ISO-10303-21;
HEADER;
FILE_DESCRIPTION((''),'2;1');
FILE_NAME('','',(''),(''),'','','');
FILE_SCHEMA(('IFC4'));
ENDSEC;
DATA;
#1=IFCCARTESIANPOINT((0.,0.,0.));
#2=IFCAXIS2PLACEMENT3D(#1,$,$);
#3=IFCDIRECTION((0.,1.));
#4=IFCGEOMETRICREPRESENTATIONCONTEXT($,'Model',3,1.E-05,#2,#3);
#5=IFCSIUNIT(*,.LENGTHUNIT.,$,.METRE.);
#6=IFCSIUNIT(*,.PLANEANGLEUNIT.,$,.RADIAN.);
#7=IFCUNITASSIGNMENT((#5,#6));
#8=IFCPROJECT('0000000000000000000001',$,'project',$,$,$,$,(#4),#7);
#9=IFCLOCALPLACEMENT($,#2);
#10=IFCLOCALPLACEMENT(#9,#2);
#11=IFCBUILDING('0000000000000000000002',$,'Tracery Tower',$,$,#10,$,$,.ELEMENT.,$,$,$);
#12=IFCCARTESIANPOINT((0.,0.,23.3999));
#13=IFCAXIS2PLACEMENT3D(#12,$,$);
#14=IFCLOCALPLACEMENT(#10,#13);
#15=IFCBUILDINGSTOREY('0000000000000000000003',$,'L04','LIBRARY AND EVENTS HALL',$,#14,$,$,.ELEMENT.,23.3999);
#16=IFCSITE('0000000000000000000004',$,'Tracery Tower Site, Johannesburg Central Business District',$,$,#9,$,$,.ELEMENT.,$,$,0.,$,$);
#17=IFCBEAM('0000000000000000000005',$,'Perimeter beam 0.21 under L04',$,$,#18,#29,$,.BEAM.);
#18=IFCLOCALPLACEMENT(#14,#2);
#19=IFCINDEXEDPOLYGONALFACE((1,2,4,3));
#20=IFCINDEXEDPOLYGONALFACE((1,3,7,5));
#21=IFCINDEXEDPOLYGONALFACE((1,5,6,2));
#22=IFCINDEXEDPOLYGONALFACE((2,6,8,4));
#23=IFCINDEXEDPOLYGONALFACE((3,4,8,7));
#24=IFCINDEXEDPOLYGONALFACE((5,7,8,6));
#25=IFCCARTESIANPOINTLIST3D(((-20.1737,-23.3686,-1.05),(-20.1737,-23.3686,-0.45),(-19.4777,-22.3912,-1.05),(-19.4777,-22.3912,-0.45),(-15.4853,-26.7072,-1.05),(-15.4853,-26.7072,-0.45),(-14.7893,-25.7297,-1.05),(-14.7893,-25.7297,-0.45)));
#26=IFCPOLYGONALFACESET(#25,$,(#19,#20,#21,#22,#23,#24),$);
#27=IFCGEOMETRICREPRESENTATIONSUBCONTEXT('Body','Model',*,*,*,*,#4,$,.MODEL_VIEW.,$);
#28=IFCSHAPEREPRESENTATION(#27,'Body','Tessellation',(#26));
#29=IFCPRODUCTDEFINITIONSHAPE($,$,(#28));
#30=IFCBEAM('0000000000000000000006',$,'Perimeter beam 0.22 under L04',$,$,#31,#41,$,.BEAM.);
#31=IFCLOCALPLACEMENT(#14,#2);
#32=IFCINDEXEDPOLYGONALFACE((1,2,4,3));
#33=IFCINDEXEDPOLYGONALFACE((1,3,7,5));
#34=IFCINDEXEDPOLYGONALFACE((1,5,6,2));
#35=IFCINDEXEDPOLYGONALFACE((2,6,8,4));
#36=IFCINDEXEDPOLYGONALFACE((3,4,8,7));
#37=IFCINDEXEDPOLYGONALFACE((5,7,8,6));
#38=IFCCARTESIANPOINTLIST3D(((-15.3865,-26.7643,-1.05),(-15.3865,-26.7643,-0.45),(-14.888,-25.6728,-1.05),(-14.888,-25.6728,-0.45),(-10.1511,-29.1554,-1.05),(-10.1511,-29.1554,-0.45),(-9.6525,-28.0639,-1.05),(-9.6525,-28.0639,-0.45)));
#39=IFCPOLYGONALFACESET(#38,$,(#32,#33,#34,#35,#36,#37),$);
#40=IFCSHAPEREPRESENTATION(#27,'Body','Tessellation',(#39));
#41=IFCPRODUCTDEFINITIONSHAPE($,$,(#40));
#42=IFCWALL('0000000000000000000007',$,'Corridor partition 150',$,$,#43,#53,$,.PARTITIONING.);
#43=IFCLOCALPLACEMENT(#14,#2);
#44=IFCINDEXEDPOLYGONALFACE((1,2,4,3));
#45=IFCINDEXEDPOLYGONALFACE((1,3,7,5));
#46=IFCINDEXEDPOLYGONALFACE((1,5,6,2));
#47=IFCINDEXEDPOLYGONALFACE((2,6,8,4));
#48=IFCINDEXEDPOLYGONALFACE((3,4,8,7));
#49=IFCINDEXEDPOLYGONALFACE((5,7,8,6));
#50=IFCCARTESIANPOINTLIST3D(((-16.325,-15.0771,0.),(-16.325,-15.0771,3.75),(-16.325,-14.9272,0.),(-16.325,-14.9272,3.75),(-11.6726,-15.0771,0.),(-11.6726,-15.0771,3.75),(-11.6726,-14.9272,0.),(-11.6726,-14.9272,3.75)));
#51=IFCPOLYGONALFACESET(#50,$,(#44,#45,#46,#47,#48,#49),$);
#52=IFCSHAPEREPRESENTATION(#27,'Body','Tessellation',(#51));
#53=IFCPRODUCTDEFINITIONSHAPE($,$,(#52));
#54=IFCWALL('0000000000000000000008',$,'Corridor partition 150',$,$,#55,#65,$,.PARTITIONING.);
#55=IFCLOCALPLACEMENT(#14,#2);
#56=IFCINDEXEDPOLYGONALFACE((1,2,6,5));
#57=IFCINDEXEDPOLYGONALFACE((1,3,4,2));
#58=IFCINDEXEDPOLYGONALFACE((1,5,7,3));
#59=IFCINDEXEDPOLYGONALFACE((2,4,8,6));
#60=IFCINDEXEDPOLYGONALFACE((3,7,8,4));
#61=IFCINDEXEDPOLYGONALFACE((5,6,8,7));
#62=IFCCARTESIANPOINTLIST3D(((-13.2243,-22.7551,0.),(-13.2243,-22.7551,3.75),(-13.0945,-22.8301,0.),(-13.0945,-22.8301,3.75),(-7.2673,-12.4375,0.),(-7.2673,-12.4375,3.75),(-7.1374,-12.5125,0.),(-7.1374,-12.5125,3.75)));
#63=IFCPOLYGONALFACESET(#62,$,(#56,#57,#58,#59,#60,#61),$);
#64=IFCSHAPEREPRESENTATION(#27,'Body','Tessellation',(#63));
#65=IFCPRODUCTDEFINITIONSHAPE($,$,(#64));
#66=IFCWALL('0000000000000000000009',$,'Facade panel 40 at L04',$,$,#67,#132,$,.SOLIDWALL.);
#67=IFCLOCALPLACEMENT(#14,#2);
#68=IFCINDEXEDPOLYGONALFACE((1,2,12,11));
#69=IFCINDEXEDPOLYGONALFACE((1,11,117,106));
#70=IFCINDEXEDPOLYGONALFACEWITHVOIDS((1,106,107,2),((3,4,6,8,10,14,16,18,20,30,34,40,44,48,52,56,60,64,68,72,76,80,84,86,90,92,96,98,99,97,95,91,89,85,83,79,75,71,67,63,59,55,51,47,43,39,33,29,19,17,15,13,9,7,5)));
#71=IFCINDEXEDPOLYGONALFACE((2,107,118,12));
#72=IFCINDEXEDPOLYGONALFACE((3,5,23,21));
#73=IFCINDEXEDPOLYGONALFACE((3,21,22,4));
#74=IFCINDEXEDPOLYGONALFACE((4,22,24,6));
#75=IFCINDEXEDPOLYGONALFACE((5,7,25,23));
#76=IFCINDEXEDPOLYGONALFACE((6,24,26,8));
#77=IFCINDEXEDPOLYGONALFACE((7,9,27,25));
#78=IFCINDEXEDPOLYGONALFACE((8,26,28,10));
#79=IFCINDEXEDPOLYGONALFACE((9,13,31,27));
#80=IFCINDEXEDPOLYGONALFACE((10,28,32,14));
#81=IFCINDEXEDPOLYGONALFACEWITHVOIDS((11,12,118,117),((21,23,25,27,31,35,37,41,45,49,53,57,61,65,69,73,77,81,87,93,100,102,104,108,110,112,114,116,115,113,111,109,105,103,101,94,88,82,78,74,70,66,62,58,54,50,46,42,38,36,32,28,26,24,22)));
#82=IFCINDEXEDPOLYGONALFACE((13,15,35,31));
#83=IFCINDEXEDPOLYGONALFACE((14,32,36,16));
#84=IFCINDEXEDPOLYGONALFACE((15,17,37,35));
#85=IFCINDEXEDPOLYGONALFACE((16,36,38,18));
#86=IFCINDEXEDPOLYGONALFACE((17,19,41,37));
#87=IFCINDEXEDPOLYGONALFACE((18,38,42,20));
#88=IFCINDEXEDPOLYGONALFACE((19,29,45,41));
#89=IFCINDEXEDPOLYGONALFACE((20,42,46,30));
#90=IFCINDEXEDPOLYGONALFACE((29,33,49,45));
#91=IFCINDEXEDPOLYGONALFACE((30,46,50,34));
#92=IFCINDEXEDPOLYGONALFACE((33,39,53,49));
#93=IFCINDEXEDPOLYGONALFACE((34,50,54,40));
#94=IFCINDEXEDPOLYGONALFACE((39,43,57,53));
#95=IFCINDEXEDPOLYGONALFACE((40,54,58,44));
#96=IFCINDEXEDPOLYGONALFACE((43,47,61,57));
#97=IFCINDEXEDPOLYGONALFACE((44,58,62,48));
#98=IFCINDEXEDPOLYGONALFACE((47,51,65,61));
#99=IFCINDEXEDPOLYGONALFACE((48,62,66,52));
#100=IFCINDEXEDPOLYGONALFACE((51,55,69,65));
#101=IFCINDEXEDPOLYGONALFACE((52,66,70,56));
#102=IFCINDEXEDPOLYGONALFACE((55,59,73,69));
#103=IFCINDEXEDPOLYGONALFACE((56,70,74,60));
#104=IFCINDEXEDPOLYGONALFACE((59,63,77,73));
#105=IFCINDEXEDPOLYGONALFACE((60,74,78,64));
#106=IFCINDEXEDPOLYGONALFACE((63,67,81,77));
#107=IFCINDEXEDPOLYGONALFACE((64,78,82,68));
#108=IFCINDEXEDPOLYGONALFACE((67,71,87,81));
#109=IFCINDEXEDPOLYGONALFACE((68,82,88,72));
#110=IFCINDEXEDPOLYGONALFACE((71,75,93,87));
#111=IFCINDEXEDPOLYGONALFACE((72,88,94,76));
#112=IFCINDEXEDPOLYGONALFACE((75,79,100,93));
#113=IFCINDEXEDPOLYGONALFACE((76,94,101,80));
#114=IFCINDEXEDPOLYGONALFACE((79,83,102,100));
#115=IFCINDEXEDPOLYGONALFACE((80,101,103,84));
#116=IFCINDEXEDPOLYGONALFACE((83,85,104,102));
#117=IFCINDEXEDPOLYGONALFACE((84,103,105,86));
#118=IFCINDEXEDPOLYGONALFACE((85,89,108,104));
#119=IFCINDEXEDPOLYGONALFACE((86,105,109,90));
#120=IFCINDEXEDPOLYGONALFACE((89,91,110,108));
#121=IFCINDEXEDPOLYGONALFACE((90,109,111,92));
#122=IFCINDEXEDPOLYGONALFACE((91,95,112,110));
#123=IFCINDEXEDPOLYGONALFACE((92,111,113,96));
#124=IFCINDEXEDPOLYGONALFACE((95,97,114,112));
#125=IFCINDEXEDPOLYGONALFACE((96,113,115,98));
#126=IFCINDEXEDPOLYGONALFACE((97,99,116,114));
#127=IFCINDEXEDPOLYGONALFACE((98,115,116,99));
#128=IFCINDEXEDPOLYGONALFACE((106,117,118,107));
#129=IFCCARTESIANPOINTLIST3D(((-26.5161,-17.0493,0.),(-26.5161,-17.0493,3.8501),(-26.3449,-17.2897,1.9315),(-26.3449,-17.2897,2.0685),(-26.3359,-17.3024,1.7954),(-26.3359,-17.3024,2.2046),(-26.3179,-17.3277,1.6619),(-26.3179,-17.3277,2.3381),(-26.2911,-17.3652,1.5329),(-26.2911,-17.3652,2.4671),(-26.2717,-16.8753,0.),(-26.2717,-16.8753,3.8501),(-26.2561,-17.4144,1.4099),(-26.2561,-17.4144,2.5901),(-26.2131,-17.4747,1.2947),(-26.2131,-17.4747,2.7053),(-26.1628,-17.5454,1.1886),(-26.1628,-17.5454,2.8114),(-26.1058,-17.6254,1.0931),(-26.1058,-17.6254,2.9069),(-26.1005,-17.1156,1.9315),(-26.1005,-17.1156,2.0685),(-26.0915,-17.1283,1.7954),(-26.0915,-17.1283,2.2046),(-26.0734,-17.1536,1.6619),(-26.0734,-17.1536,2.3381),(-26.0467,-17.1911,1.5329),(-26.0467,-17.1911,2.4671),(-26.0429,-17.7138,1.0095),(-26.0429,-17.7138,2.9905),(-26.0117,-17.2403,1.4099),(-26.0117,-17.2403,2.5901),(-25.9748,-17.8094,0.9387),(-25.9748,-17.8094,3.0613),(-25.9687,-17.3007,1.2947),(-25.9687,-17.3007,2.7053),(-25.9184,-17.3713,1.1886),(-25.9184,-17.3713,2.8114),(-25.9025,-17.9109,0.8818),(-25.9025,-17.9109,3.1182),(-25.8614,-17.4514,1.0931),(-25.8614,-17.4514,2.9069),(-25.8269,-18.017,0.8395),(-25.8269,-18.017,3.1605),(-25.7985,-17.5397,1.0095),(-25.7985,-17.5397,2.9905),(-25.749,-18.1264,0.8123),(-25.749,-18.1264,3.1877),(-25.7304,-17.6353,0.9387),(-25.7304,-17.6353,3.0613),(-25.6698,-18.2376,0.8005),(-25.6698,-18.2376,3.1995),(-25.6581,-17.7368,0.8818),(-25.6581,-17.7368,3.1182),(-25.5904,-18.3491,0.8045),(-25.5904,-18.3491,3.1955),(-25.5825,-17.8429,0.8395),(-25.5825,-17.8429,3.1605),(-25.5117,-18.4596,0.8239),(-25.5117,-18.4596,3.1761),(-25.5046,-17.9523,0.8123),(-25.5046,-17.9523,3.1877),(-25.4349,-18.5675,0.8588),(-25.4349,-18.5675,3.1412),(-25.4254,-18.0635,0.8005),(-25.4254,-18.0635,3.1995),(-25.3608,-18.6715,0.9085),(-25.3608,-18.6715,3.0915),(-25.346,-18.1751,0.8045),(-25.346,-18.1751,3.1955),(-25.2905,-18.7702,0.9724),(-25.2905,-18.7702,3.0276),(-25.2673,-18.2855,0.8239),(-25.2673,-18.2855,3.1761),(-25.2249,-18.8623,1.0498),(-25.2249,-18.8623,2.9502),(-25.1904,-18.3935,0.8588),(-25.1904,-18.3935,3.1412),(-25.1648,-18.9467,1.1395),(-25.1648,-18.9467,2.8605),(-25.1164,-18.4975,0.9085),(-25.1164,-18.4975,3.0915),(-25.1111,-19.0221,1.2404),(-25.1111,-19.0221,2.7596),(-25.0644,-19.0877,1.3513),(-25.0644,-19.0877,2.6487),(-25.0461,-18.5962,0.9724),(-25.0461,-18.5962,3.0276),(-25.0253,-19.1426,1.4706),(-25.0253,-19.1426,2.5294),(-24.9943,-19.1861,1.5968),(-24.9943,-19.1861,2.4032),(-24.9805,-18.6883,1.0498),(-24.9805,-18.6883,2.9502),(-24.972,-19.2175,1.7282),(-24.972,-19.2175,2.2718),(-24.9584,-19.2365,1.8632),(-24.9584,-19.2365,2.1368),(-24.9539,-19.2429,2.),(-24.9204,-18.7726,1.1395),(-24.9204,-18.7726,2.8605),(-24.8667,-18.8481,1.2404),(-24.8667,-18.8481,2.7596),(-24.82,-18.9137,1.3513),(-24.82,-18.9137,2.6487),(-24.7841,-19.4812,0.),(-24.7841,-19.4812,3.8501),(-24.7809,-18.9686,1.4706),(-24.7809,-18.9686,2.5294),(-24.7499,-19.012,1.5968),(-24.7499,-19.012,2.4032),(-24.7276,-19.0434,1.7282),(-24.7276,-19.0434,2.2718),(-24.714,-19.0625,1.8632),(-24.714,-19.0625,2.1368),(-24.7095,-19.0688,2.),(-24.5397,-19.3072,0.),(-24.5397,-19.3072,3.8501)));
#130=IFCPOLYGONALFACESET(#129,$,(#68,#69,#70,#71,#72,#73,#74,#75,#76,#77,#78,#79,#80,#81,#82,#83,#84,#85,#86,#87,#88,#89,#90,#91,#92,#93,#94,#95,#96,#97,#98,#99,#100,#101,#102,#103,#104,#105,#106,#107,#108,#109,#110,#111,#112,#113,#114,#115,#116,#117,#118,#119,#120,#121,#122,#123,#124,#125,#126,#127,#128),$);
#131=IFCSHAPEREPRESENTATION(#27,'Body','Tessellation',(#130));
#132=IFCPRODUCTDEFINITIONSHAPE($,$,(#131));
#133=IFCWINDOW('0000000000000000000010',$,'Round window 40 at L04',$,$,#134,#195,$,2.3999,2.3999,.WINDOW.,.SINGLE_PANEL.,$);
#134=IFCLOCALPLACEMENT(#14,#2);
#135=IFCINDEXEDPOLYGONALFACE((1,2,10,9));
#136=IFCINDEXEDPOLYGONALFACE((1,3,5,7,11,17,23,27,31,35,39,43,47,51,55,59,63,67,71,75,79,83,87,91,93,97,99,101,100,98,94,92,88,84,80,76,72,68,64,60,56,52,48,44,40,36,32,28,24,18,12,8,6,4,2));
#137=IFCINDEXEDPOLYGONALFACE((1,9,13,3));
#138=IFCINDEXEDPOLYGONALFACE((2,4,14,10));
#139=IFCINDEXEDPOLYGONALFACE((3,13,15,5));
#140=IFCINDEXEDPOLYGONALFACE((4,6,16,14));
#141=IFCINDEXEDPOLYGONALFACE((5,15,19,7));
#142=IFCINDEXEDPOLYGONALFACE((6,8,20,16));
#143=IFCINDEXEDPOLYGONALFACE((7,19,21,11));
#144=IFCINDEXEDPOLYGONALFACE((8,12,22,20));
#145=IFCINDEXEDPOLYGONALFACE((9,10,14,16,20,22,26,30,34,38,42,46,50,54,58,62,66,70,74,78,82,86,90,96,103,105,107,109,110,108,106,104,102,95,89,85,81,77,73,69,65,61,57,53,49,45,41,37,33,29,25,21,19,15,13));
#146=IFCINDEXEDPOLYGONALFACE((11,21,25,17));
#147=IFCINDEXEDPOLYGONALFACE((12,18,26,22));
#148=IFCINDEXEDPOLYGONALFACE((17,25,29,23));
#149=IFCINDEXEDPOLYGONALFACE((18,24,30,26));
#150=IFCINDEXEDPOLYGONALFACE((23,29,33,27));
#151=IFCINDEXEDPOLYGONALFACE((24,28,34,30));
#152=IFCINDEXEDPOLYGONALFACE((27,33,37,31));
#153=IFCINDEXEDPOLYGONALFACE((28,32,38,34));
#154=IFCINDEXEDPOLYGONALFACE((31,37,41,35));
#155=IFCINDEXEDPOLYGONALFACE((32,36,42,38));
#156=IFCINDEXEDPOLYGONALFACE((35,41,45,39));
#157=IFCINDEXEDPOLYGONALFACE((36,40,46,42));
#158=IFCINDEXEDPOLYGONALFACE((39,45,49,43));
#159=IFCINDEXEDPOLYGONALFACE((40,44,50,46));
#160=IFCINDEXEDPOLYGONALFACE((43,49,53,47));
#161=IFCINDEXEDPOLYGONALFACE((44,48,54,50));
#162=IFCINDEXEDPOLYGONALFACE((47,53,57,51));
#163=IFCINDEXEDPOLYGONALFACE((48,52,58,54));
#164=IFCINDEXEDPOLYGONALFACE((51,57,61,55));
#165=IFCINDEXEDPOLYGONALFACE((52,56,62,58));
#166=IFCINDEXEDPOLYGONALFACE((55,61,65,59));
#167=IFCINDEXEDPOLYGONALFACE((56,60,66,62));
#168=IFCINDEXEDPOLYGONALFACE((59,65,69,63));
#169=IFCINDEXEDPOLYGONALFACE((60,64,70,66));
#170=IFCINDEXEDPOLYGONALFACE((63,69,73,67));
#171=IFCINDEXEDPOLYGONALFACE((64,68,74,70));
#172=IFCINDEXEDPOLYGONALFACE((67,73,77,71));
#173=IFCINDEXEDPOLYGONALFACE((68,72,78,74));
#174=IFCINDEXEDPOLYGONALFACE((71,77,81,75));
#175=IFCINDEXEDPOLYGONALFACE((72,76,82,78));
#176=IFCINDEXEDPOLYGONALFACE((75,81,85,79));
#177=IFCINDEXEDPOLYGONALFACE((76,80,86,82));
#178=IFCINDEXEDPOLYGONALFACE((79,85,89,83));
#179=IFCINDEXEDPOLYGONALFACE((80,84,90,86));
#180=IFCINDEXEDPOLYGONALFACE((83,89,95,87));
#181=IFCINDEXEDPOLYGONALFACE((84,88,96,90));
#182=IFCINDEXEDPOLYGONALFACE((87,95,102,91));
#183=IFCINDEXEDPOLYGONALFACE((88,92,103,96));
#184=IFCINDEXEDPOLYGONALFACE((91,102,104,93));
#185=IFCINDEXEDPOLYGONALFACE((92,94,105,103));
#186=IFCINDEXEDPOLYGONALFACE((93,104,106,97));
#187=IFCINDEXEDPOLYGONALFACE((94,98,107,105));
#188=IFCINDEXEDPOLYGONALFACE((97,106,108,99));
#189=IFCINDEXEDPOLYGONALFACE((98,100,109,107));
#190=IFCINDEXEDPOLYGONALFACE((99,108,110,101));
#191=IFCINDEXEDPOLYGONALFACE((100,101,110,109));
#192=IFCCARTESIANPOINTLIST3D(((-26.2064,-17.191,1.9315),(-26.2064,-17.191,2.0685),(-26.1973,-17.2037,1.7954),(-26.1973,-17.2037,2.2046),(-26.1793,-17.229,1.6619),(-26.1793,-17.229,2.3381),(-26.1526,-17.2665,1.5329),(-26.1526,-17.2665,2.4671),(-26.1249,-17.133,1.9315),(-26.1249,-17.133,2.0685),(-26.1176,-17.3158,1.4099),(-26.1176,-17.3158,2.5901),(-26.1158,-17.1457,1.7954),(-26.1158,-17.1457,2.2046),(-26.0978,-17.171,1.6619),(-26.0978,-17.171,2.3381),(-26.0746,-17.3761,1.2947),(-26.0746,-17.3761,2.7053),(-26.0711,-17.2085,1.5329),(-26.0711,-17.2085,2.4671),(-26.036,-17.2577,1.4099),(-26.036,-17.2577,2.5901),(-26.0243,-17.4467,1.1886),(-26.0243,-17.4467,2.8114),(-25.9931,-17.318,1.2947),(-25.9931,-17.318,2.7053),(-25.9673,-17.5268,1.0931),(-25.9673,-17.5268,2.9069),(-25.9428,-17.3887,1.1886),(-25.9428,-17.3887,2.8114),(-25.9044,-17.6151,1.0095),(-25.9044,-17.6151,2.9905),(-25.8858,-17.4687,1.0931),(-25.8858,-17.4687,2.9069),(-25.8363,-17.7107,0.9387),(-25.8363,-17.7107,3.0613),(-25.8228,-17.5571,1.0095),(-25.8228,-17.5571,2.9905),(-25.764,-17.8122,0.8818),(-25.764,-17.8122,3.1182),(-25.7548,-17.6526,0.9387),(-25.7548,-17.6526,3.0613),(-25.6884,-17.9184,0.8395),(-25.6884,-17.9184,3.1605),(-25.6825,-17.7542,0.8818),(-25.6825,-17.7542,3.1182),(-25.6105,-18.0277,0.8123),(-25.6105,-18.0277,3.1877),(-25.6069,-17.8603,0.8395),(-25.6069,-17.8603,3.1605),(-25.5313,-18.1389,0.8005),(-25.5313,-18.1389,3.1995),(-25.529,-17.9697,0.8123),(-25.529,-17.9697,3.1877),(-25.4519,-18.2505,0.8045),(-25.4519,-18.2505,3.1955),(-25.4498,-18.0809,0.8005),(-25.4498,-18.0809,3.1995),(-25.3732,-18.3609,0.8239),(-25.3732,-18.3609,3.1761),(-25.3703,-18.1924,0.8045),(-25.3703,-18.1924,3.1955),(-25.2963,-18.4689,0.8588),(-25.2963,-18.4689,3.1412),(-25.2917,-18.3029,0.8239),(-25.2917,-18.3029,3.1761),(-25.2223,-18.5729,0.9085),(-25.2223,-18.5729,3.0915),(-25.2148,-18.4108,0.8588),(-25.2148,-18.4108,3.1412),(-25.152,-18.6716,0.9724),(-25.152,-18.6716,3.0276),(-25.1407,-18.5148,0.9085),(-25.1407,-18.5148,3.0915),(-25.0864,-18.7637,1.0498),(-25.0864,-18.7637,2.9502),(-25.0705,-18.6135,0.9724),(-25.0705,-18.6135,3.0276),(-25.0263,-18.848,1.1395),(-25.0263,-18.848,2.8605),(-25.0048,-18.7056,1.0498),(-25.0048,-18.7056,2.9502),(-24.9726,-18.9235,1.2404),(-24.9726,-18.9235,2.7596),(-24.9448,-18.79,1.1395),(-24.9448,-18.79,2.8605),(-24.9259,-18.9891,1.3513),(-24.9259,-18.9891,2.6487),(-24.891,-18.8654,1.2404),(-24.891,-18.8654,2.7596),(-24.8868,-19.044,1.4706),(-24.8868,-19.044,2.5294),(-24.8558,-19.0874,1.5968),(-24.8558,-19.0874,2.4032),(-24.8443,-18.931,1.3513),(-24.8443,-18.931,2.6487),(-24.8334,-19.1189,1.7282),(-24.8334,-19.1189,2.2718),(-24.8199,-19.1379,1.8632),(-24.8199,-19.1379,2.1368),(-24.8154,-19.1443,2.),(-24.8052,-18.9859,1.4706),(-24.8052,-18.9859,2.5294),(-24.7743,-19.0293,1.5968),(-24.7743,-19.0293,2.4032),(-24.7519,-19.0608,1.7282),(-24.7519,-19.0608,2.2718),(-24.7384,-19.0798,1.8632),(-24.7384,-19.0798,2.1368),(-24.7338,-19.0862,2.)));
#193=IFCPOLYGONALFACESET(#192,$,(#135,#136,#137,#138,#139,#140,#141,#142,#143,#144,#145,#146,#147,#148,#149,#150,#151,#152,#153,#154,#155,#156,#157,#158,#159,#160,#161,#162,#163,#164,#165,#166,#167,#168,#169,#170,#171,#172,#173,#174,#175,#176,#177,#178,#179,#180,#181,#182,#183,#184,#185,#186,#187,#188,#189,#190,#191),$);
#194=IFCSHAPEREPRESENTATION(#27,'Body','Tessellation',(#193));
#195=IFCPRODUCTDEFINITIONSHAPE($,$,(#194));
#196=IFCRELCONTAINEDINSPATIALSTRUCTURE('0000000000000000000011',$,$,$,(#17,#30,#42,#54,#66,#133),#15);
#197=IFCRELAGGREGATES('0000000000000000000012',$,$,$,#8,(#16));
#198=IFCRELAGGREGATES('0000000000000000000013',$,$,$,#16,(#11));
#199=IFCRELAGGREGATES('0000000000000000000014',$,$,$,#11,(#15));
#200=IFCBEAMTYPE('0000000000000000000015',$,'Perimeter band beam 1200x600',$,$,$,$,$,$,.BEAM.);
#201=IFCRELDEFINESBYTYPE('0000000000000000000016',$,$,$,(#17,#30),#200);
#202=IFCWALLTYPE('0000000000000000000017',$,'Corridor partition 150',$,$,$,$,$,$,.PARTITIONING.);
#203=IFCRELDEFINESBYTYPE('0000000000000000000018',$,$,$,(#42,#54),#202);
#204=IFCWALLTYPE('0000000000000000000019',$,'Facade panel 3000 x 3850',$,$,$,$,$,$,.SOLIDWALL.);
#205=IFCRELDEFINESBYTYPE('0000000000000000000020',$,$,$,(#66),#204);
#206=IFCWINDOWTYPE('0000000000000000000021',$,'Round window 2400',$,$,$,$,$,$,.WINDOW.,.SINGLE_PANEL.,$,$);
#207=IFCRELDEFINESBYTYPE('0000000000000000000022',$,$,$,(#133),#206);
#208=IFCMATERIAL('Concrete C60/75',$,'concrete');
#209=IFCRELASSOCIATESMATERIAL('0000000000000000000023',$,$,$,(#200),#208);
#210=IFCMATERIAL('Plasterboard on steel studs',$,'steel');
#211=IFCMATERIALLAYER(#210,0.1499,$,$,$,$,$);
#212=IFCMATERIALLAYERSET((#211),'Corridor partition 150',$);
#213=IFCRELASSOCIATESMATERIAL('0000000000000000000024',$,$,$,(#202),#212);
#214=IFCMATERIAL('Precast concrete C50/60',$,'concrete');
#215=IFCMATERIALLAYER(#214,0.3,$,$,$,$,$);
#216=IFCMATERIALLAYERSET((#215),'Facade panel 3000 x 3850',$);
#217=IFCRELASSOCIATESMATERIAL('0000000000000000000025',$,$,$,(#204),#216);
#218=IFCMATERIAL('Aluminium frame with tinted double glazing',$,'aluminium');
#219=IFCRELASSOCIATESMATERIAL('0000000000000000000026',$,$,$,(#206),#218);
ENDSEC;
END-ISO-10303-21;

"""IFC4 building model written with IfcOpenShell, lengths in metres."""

from ifc_helpers import new_model, si_unit, direction, frame, frame_2d, origin, origin_2d, place, context, subcontext, project, spatial, rectangle, circle, extrude, material, layer, layer_set, material_profile, profile_set, type_object, element, fill, save


model = new_model("IFC4")

# Units and contexts
model_context = context("Model", 3, precision=1e-05, world=origin(), true_north=direction((0.0, 1.0)))
body_context = subcontext(model_context, "Body", "Model", "MODEL_VIEW")
ifc_project = project(units=[si_unit("LENGTHUNIT", "METRE"), si_unit("PLANEANGLEUNIT", "RADIAN")], contexts=[model_context])

# Site, building, storey
site_placement = place(None, origin())
site = spatial("IfcSite", under=ifc_project, at=site_placement, Name="Tracery Tower Site, Johannesburg Central Business District", CompositionType="ELEMENT", RefElevation=0.0)
building_placement = place(site_placement, origin())
building = spatial("IfcBuilding", under=site, at=building_placement, Name="Tracery Tower", CompositionType="ELEMENT")
storey_placement = place(building_placement, frame((0.0, 0.0, 23.3999)))
storey = spatial("IfcBuildingStorey", under=building, at=storey_placement, Name="L04", Description="LIBRARY AND EVENTS HALL", CompositionType="ELEMENT", Elevation=23.3999)

# Beams
ifc_material_1 = material(Name="Concrete C60/75", Category="concrete")
ifc_material_profile_1 = material_profile(ifc_material_1, rectangle(XDim=1.2, YDim=0.6001, at=origin_2d()), Name="RC 1200x600")
ifc_profile_set_1 = profile_set([ifc_material_profile_1], Name="Concrete C60/75")
beam_type = type_object("IfcBeamType", Name="Perimeter band beam 1200x600", PredefinedType="BEAM", material=ifc_profile_set_1)
for number, where, z_axis, x_axis, name in (
    (1, (-19.8257, -22.8799, -0.75), (0.814578, -0.580054, 0.0), (0.580054, 0.814578, 0.0), "Perimeter beam 0.21 under L04"),
    (2, (-15.1372, -26.2185, -0.75), (0.909618, -0.415445, 0.0), (0.415445, 0.909618, 0.0), "Perimeter beam 0.22 under L04"),
):
    element("IfcBeam", number, at=place(storey_placement, frame(where, z_axis=z_axis, x_axis=x_axis)), inside=storey, type_object=beam_type, Name=name, PredefinedType="BEAM", context=body_context, shape_type="SweptSolid", body=[
        extrude(rectangle(XDim=1.2, YDim=0.6001, at=origin_2d()), origin(), (0.0, 0.0, 1.0), 5.7556),
    ])

# Wall
ifc_material_2 = material(Name="Plasterboard on steel studs", Category="steel")
ifc_layer_1 = layer(ifc_material_2, 0.1499)
ifc_layer_set_1 = layer_set([ifc_layer_1], Name="Corridor partition 150")
wall_type_1 = type_object("IfcWallType", Name="Corridor partition 150", PredefinedType="PARTITIONING", material=ifc_layer_set_1)
wall_1_placement = place(storey_placement, frame((-16.325, -15.0022, 0.0), z_axis=(0.0, 0.0, 1.0), x_axis=(1.0, 0.0, 0.0)))
element("IfcWall", 3, at=wall_1_placement, inside=storey, type_object=wall_type_1, Name="Corridor partition 150", PredefinedType="PARTITIONING", context=body_context, shape_type="SweptSolid", body=[
    extrude(rectangle(XDim=4.6523, YDim=0.1499, at=frame_2d((2.3262, 0.0))), origin(), (0.0, 0.0, 1.0), 3.75),
])

# Wall
wall_2_placement = place(storey_placement, frame((-13.1594, -22.7927, 0.0), z_axis=(0.0, 0.0, 1.0), x_axis=(0.500009, 0.86602, 0.0)))
element("IfcWall", 4, at=wall_2_placement, inside=storey, type_object=wall_type_1, Name="Corridor partition 150", PredefinedType="PARTITIONING", context=body_context, shape_type="SweptSolid", body=[
    extrude(rectangle(XDim=11.9138, YDim=0.1499, at=frame_2d((5.957, 0.0))), origin(), (0.0, 0.0, 1.0), 3.75),
])

# Wall, opening, window
ifc_material_3 = material(Name="Precast concrete C50/60", Category="concrete")
ifc_layer_2 = layer(ifc_material_3, 0.3)
ifc_layer_set_2 = layer_set([ifc_layer_2], Name="Facade panel 3000 x 3850")
wall_type_2 = type_object("IfcWallType", Name="Facade panel 3000 x 3850", PredefinedType="SOLIDWALL", material=ifc_layer_set_2)
wall_3_placement = place(storey_placement, frame((-26.3938, -16.9624, 0.0), z_axis=(0.0, 0.0, 1.0), x_axis=(0.580101, -0.814545, 0.0)))
wall_3 = element("IfcWall", 5, at=wall_3_placement, inside=storey, type_object=wall_type_2, Name="Facade panel 40 at L04", PredefinedType="SOLIDWALL", context=body_context, shape_type="SweptSolid", body=[
    extrude(rectangle(XDim=2.9856, YDim=0.3, at=frame_2d((1.4927, 0.0))), origin(), (0.0, 0.0, 1.0), 3.8501),
])
opening_1_placement = place(wall_3_placement, frame((1.4929, 0.0, 2.0)))
opening_1 = element("IfcOpeningElement", 6, at=opening_1_placement, cuts=wall_3, PredefinedType="OPENING", context=body_context, shape_type="SweptSolid", body=[
    extrude(circle(Radius=1.2, at=origin_2d()), frame((0.0, 0.1599, 0.0), z_axis=(0.0, -1.0, 0.0), x_axis=(1.0, 0.0, 0.0)), (0.0, 0.0, 1.0), 0.3201),
])
ifc_material_4 = material(Name="Aluminium frame with tinted double glazing", Category="aluminium")
window_type = type_object("IfcWindowType", Name="Round window 2400", PartitioningType="SINGLE_PANEL", PredefinedType="WINDOW", material=ifc_material_4)
window_1_placement = place(opening_1_placement, origin())
window_1 = element("IfcWindow", 7, at=window_1_placement, inside=storey, type_object=window_type, Name="Round window 40 at L04", OverallHeight=2.3999, OverallWidth=2.3999, PartitioningType="SINGLE_PANEL", PredefinedType="WINDOW", context=body_context, shape_type="SweptSolid", body=[
    extrude(circle(Radius=1.2, at=origin_2d()), frame((0.0, 0.1201, 0.0), z_axis=(0.0, -1.0, 0.0), x_axis=(1.0, 0.0, 0.0)), (0.0, 0.0, 1.0), 0.1001),
])
fill(opening_1, window_1)

save(model, "model.ifc")
